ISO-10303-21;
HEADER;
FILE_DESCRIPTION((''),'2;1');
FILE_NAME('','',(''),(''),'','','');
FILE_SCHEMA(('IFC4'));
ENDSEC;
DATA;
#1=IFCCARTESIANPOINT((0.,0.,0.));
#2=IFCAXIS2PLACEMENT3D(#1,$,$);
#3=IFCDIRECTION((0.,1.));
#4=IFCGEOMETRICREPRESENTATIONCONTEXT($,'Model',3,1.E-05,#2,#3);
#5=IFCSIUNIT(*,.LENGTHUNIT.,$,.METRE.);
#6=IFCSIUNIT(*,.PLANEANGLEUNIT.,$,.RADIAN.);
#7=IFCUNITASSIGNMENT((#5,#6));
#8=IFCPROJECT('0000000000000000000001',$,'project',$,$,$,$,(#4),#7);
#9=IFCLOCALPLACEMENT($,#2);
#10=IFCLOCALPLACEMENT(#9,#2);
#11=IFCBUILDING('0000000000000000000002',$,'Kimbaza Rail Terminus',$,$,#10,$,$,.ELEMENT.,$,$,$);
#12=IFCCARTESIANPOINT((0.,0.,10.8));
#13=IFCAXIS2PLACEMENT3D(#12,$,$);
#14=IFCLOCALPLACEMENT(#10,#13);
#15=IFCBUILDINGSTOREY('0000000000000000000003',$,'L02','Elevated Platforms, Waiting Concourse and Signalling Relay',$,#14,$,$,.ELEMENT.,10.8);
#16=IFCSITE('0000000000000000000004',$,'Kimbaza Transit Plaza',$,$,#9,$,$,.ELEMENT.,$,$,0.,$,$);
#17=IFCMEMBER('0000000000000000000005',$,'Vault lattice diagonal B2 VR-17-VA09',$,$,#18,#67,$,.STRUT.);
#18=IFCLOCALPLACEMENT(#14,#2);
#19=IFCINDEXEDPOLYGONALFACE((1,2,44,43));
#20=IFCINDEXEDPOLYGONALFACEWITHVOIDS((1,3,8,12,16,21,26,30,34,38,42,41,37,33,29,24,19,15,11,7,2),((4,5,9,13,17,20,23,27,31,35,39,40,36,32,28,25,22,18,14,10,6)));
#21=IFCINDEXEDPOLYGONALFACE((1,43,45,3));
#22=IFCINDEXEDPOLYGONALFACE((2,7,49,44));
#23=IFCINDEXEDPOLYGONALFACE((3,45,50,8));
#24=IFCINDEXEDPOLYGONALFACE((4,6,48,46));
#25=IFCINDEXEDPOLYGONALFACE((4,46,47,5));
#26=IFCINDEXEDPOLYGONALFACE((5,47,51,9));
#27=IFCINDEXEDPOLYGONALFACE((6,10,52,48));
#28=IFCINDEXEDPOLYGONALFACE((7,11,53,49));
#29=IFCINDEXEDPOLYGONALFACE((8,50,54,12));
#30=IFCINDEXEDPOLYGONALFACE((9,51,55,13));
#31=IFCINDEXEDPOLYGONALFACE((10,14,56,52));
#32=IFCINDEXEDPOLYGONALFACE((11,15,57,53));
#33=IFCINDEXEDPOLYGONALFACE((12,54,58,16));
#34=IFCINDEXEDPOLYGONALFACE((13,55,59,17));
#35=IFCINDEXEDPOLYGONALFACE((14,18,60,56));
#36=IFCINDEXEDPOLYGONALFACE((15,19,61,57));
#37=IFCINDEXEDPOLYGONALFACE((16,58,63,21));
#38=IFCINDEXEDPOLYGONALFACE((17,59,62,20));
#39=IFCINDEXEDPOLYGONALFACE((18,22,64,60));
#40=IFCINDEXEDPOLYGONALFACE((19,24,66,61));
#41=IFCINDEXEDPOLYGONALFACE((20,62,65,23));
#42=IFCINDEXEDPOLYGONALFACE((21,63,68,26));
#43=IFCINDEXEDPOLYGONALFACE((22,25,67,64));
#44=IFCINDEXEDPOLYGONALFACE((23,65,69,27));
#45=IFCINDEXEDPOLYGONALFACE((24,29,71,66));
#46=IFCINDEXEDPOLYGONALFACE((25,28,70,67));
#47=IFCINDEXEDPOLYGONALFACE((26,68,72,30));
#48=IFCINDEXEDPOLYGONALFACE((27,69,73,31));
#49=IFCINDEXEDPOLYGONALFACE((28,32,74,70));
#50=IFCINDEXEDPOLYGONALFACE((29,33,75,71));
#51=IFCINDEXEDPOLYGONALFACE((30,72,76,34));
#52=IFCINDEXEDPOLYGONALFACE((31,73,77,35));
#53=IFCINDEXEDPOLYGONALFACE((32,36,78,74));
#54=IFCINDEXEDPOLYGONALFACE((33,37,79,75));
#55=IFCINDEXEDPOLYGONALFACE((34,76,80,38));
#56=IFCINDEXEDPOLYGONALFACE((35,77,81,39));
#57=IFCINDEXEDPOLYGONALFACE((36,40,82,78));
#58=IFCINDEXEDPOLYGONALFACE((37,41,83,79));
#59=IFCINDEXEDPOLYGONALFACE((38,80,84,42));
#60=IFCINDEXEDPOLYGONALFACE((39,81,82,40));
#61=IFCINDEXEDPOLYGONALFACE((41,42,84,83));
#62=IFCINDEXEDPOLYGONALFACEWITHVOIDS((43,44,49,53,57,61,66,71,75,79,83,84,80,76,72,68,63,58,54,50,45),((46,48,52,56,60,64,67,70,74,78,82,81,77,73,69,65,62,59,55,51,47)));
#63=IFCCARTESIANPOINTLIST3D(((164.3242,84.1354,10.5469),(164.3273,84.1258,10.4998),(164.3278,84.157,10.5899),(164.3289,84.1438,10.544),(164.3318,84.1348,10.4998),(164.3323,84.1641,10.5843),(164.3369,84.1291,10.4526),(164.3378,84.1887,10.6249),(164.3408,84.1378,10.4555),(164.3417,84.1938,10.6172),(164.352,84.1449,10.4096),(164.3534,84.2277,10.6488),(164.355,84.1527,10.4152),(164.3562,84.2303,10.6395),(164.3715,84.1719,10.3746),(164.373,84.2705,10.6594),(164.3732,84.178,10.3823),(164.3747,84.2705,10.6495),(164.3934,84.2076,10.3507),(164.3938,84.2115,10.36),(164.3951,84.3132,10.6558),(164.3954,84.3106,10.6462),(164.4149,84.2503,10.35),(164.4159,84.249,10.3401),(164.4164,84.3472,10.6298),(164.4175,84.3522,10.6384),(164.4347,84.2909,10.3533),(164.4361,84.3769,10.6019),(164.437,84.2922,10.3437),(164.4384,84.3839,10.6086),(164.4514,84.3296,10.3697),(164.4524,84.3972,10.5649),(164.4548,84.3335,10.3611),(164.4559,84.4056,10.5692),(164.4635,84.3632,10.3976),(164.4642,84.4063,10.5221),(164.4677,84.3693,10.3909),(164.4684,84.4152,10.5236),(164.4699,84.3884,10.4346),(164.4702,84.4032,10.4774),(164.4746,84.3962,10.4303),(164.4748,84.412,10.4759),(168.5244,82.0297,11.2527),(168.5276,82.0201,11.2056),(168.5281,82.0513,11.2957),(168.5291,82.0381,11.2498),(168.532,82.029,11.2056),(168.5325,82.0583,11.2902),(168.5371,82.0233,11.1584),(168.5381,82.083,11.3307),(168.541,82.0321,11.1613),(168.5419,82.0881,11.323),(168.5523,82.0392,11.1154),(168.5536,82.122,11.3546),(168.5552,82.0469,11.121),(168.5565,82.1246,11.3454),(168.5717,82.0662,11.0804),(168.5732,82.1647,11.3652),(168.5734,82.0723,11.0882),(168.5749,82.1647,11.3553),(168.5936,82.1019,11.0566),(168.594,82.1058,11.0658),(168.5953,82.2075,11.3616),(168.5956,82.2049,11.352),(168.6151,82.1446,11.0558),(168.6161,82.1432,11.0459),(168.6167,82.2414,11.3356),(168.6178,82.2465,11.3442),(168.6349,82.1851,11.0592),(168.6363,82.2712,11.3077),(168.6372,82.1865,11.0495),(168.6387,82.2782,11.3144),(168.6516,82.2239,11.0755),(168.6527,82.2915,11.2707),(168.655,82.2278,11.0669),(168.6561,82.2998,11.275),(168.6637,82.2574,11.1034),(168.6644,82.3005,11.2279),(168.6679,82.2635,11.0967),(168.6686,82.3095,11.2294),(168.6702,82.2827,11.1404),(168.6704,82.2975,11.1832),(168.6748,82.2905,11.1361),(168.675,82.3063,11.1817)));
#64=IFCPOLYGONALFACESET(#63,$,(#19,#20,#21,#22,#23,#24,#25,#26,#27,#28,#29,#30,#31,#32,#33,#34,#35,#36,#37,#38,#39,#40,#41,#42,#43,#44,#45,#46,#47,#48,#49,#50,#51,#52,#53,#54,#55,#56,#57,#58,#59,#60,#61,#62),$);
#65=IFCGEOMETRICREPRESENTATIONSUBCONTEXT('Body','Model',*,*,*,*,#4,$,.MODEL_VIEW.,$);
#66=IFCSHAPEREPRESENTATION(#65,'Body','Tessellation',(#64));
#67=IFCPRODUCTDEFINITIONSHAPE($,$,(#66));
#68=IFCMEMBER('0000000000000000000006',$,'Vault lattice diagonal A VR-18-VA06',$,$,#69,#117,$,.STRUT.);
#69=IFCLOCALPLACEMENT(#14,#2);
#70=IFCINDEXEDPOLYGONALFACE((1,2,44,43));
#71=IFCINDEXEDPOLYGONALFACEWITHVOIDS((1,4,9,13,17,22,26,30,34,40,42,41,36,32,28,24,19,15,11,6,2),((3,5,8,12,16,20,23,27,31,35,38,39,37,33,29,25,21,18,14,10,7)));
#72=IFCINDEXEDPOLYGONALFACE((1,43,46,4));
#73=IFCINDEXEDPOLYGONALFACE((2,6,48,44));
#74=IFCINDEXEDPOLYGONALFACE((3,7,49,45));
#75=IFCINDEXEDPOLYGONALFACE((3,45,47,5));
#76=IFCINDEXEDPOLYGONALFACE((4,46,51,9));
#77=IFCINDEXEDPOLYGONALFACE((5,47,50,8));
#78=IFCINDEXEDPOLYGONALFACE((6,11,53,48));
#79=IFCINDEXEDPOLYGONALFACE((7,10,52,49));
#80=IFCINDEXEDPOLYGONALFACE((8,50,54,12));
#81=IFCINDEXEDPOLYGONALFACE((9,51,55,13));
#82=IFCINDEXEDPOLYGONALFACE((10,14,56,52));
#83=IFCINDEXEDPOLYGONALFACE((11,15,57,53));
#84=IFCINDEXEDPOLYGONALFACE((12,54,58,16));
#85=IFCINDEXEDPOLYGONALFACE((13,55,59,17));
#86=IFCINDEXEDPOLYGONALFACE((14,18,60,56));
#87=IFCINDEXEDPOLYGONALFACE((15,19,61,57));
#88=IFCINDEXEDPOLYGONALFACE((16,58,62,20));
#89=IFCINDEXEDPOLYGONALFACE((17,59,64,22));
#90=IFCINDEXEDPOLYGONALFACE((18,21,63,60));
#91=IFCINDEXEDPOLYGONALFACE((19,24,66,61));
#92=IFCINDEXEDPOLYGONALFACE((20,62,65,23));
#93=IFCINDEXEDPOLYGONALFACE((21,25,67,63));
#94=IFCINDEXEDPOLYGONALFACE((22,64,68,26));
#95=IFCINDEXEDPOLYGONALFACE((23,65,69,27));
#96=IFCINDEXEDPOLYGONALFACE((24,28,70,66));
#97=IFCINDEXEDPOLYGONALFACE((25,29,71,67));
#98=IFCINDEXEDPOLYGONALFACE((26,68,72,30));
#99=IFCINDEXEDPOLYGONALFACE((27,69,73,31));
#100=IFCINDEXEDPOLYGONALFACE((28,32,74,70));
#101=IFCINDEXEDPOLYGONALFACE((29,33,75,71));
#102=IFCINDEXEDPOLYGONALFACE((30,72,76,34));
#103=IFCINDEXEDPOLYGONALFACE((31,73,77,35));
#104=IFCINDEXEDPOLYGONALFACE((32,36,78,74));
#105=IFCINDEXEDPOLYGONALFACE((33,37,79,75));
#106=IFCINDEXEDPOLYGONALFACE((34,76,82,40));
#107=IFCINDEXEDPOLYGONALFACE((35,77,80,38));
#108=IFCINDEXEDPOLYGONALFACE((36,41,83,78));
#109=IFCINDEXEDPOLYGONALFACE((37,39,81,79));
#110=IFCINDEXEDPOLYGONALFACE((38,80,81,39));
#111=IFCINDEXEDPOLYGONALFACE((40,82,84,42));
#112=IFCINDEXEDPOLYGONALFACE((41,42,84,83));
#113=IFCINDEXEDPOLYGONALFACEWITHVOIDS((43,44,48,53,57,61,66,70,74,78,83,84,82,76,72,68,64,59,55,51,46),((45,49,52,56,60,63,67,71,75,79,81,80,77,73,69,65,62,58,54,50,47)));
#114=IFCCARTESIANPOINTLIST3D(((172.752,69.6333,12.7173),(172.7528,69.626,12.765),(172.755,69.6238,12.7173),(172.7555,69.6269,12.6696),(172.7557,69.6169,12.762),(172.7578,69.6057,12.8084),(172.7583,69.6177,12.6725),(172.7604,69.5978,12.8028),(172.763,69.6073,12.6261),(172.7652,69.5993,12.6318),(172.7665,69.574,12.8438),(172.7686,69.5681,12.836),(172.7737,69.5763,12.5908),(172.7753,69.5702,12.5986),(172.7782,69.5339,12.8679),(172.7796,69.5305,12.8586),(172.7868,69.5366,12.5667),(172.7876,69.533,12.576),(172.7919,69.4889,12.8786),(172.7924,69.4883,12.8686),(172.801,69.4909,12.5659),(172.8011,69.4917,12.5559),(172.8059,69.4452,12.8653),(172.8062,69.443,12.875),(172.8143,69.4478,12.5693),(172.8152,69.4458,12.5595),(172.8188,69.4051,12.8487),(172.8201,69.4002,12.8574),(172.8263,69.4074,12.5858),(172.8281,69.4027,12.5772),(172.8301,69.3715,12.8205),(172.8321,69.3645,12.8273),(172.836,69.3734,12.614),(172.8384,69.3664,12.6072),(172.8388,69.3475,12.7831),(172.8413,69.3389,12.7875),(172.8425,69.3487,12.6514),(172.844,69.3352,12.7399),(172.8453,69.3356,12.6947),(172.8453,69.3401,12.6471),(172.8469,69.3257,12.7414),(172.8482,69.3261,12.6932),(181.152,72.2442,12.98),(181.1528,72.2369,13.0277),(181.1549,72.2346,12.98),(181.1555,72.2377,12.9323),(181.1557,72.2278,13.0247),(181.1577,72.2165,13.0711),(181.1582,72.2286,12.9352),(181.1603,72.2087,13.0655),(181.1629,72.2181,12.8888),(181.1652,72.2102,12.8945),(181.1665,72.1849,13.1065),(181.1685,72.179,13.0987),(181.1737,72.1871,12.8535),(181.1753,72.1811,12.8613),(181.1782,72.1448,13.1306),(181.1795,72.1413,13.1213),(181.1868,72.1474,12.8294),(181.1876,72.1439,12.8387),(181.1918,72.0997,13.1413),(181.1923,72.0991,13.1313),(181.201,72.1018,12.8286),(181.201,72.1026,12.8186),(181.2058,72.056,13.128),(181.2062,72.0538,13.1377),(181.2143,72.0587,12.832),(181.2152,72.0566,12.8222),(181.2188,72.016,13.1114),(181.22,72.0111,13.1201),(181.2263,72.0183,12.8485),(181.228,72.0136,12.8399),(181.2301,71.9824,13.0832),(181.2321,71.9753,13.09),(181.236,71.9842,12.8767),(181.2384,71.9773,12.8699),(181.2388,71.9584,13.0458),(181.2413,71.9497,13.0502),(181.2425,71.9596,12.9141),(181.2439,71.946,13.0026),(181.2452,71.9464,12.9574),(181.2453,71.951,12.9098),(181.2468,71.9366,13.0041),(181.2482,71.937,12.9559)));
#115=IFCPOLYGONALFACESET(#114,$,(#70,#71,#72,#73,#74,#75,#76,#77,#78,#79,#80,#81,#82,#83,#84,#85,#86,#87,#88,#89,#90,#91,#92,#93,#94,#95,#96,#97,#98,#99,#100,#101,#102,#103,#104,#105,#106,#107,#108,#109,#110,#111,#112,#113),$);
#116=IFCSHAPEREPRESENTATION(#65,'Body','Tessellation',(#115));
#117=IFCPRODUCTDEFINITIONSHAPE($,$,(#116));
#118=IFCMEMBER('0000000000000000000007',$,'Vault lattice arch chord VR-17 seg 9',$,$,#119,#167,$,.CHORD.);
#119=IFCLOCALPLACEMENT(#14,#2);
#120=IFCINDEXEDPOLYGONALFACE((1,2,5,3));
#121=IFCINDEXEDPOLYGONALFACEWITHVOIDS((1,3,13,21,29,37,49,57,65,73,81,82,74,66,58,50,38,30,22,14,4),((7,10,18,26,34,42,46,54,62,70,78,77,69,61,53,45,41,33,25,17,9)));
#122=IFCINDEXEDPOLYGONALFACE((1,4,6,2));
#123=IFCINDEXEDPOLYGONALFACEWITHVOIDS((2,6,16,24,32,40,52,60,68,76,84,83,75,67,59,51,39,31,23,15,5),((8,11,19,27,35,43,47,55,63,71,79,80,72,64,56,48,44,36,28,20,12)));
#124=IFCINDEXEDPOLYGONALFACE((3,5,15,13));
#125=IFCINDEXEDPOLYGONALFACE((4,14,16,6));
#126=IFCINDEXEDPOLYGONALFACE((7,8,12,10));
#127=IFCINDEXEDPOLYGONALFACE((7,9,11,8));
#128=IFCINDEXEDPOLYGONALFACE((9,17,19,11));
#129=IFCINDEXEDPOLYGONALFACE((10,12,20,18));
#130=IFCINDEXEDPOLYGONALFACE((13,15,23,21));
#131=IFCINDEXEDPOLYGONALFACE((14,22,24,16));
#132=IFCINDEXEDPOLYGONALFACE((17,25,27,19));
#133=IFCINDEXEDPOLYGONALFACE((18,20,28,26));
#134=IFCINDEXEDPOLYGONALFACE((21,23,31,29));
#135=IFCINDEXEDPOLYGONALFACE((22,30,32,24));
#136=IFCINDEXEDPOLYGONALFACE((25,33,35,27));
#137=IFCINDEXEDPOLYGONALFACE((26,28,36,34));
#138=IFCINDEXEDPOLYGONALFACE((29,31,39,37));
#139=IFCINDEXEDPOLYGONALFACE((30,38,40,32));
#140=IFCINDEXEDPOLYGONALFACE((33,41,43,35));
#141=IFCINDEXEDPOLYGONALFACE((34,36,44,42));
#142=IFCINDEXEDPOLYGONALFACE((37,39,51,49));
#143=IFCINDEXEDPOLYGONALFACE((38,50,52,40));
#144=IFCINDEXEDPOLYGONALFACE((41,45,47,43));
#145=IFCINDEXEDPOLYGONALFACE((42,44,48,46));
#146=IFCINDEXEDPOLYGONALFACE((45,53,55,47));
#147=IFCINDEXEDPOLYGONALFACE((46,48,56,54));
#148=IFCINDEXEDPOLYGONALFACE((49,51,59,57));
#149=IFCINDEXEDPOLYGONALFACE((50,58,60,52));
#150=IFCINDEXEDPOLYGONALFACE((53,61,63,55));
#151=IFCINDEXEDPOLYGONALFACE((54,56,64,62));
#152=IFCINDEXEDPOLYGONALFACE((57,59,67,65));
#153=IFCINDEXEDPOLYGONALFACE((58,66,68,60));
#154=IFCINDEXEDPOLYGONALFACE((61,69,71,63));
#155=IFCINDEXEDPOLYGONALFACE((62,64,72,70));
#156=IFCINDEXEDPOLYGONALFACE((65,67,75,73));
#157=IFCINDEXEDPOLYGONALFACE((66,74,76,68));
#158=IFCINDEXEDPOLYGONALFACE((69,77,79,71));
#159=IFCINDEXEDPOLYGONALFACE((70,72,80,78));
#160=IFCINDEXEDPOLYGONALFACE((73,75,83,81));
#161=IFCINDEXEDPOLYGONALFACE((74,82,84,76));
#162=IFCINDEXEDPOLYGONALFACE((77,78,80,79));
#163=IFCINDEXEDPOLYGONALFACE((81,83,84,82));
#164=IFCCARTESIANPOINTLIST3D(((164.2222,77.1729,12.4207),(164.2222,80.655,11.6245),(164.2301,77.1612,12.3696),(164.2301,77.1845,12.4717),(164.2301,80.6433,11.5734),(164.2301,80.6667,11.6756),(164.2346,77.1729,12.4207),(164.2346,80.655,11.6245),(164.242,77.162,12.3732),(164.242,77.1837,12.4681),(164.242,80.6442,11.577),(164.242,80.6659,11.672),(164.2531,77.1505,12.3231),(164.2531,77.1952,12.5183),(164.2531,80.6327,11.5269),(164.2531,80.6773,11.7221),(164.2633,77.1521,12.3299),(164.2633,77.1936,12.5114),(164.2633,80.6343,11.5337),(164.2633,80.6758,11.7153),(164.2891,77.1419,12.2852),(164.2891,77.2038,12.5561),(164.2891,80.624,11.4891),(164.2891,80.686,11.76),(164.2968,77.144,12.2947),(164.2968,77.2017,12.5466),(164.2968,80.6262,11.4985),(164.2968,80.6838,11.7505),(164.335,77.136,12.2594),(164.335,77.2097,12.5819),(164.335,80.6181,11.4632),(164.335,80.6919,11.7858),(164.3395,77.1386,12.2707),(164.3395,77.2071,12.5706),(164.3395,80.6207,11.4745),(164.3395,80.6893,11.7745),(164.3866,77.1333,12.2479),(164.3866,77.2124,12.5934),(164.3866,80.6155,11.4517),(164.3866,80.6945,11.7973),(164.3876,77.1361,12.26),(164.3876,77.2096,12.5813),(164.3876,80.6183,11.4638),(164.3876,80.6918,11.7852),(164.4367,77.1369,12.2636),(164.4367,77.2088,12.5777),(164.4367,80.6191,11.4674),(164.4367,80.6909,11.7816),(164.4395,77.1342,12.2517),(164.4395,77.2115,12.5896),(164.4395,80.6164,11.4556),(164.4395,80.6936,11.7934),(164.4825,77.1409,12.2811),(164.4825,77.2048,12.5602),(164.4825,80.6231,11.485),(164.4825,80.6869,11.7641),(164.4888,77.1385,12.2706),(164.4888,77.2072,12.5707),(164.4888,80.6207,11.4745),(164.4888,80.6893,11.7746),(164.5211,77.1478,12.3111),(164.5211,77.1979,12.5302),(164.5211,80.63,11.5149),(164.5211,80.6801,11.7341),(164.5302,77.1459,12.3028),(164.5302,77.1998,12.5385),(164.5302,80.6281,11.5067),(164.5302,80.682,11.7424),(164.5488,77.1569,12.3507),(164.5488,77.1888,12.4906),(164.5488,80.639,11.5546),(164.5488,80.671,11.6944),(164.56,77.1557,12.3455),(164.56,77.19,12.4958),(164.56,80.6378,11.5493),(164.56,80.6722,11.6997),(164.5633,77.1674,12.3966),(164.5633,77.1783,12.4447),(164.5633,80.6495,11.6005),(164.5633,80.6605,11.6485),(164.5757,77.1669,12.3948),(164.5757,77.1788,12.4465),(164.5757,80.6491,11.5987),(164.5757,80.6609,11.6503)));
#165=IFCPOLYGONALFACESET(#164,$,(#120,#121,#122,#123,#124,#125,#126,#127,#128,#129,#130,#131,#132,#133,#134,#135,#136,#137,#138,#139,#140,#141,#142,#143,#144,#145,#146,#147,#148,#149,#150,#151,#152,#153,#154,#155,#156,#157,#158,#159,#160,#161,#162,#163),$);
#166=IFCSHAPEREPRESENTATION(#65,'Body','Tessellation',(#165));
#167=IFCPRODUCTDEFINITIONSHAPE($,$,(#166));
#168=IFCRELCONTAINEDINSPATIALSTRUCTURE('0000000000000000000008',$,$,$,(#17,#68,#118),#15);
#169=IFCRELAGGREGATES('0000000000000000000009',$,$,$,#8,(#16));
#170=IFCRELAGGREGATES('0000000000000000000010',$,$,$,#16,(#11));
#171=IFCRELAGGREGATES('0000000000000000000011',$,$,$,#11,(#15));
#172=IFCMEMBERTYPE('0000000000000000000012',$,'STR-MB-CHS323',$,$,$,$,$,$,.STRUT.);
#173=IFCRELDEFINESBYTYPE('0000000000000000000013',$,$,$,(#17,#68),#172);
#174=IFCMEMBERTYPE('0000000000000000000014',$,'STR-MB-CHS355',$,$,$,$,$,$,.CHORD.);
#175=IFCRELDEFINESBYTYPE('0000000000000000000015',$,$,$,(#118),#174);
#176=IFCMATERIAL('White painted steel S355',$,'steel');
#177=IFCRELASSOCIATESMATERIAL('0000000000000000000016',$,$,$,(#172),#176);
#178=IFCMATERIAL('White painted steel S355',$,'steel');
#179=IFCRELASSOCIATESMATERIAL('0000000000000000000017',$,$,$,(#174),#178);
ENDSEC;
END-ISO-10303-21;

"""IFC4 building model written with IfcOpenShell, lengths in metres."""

from ifc_helpers import new_model, si_unit, direction, frame, origin, origin_2d, place, context, subcontext, project, spatial, hollow_circle, extrude, material, material_profile, profile_set, type_object, element, save


model = new_model("IFC4")

# Units and contexts
model_context = context("Model", 3, precision=1e-05, world=origin(), true_north=direction((0.0, 1.0)))
body_context = subcontext(model_context, "Body", "Model", "MODEL_VIEW")
ifc_project = project(units=[si_unit("LENGTHUNIT", "METRE"), si_unit("PLANEANGLEUNIT", "RADIAN")], contexts=[model_context])

# Site, building, storey
site_placement = place(None, origin())
site = spatial("IfcSite", under=ifc_project, at=site_placement, Name="Kimbaza Transit Plaza", CompositionType="ELEMENT", RefElevation=0.0)
building_placement = place(site_placement, origin())
building = spatial("IfcBuilding", under=site, at=building_placement, Name="Kimbaza Rail Terminus", CompositionType="ELEMENT")
storey_placement = place(building_placement, frame((0.0, 0.0, 10.8)))
storey = spatial("IfcBuildingStorey", under=building, at=storey_placement, Name="L02", Description="Elevated Platforms, Waiting Concourse and Signalling Relay", CompositionType="ELEMENT", Elevation=10.8)

# Members
ifc_material_1 = material(Name="White painted steel S355", Category="steel")
ifc_material_profile_1 = material_profile(ifc_material_1, hollow_circle(Radius=0.1619, WallThickness=0.01, at=origin_2d()), Name="CHS 323.9x10")
ifc_profile_set_1 = profile_set([ifc_material_profile_1], Name="White painted steel S355")
member_type_1 = type_object("IfcMemberType", Name="STR-MB-CHS323", PredefinedType="STRUT", material=ifc_profile_set_1)
member_1_placement = place(storey_placement, frame((168.6001, 82.1648, 11.2056), z_axis=(-0.88403, 0.443197, -0.148554), x_axis=(-0.448169, -0.893949, 0.0)))
element("IfcMember", 1, at=member_1_placement, inside=storey, type_object=member_type_1, Name="Vault lattice diagonal B2 VR-17-VA09", PredefinedType="STRUT", context=body_context, shape_type="SweptSolid", body=[
    extrude(hollow_circle(Radius=0.1619, WallThickness=0.01, at=origin_2d()), origin(), (0.0, 0.0, 1.0), 4.7512),
])
member_2_placement = place(storey_placement, frame((172.8, 69.4788, 12.7173), z_axis=(0.954511, 0.296679, 0.029851), x_axis=(-0.296811, 0.954936, 0.0)))
element("IfcMember", 2, at=member_2_placement, inside=storey, type_object=member_type_1, Name="Vault lattice diagonal A VR-18-VA06", PredefinedType="STRUT", context=body_context, shape_type="SweptSolid", body=[
    extrude(hollow_circle(Radius=0.1619, WallThickness=0.01, at=origin_2d()), origin(), (0.0, 0.0, 1.0), 8.8003),
])
ifc_material_2 = material(Name="White painted steel S355", Category="steel")
ifc_material_profile_2 = material_profile(ifc_material_2, hollow_circle(Radius=0.1777, WallThickness=0.0125, at=origin_2d()), Name="CHS 355.6x12.5")
ifc_profile_set_2 = profile_set([ifc_material_profile_2], Name="White painted steel S355")
member_type_2 = type_object("IfcMemberType", Name="STR-MB-CHS355", PredefinedType="CHORD", material=ifc_profile_set_2)
member_3_placement = place(storey_placement, frame((164.3999, 77.1729, 12.4207), z_axis=(0.0, 0.974845, -0.222882), x_axis=(-1.0, 0.0, 0.0)))
element("IfcMember", 3, at=member_3_placement, inside=storey, type_object=member_type_2, Name="Vault lattice arch chord VR-17 seg 9", PredefinedType="CHORD", context=body_context, shape_type="SweptSolid", body=[
    extrude(hollow_circle(Radius=0.1777, WallThickness=0.0125, at=origin_2d()), origin(), (0.0, 0.0, 1.0), 3.572),
])

save(model, "model.ifc")
